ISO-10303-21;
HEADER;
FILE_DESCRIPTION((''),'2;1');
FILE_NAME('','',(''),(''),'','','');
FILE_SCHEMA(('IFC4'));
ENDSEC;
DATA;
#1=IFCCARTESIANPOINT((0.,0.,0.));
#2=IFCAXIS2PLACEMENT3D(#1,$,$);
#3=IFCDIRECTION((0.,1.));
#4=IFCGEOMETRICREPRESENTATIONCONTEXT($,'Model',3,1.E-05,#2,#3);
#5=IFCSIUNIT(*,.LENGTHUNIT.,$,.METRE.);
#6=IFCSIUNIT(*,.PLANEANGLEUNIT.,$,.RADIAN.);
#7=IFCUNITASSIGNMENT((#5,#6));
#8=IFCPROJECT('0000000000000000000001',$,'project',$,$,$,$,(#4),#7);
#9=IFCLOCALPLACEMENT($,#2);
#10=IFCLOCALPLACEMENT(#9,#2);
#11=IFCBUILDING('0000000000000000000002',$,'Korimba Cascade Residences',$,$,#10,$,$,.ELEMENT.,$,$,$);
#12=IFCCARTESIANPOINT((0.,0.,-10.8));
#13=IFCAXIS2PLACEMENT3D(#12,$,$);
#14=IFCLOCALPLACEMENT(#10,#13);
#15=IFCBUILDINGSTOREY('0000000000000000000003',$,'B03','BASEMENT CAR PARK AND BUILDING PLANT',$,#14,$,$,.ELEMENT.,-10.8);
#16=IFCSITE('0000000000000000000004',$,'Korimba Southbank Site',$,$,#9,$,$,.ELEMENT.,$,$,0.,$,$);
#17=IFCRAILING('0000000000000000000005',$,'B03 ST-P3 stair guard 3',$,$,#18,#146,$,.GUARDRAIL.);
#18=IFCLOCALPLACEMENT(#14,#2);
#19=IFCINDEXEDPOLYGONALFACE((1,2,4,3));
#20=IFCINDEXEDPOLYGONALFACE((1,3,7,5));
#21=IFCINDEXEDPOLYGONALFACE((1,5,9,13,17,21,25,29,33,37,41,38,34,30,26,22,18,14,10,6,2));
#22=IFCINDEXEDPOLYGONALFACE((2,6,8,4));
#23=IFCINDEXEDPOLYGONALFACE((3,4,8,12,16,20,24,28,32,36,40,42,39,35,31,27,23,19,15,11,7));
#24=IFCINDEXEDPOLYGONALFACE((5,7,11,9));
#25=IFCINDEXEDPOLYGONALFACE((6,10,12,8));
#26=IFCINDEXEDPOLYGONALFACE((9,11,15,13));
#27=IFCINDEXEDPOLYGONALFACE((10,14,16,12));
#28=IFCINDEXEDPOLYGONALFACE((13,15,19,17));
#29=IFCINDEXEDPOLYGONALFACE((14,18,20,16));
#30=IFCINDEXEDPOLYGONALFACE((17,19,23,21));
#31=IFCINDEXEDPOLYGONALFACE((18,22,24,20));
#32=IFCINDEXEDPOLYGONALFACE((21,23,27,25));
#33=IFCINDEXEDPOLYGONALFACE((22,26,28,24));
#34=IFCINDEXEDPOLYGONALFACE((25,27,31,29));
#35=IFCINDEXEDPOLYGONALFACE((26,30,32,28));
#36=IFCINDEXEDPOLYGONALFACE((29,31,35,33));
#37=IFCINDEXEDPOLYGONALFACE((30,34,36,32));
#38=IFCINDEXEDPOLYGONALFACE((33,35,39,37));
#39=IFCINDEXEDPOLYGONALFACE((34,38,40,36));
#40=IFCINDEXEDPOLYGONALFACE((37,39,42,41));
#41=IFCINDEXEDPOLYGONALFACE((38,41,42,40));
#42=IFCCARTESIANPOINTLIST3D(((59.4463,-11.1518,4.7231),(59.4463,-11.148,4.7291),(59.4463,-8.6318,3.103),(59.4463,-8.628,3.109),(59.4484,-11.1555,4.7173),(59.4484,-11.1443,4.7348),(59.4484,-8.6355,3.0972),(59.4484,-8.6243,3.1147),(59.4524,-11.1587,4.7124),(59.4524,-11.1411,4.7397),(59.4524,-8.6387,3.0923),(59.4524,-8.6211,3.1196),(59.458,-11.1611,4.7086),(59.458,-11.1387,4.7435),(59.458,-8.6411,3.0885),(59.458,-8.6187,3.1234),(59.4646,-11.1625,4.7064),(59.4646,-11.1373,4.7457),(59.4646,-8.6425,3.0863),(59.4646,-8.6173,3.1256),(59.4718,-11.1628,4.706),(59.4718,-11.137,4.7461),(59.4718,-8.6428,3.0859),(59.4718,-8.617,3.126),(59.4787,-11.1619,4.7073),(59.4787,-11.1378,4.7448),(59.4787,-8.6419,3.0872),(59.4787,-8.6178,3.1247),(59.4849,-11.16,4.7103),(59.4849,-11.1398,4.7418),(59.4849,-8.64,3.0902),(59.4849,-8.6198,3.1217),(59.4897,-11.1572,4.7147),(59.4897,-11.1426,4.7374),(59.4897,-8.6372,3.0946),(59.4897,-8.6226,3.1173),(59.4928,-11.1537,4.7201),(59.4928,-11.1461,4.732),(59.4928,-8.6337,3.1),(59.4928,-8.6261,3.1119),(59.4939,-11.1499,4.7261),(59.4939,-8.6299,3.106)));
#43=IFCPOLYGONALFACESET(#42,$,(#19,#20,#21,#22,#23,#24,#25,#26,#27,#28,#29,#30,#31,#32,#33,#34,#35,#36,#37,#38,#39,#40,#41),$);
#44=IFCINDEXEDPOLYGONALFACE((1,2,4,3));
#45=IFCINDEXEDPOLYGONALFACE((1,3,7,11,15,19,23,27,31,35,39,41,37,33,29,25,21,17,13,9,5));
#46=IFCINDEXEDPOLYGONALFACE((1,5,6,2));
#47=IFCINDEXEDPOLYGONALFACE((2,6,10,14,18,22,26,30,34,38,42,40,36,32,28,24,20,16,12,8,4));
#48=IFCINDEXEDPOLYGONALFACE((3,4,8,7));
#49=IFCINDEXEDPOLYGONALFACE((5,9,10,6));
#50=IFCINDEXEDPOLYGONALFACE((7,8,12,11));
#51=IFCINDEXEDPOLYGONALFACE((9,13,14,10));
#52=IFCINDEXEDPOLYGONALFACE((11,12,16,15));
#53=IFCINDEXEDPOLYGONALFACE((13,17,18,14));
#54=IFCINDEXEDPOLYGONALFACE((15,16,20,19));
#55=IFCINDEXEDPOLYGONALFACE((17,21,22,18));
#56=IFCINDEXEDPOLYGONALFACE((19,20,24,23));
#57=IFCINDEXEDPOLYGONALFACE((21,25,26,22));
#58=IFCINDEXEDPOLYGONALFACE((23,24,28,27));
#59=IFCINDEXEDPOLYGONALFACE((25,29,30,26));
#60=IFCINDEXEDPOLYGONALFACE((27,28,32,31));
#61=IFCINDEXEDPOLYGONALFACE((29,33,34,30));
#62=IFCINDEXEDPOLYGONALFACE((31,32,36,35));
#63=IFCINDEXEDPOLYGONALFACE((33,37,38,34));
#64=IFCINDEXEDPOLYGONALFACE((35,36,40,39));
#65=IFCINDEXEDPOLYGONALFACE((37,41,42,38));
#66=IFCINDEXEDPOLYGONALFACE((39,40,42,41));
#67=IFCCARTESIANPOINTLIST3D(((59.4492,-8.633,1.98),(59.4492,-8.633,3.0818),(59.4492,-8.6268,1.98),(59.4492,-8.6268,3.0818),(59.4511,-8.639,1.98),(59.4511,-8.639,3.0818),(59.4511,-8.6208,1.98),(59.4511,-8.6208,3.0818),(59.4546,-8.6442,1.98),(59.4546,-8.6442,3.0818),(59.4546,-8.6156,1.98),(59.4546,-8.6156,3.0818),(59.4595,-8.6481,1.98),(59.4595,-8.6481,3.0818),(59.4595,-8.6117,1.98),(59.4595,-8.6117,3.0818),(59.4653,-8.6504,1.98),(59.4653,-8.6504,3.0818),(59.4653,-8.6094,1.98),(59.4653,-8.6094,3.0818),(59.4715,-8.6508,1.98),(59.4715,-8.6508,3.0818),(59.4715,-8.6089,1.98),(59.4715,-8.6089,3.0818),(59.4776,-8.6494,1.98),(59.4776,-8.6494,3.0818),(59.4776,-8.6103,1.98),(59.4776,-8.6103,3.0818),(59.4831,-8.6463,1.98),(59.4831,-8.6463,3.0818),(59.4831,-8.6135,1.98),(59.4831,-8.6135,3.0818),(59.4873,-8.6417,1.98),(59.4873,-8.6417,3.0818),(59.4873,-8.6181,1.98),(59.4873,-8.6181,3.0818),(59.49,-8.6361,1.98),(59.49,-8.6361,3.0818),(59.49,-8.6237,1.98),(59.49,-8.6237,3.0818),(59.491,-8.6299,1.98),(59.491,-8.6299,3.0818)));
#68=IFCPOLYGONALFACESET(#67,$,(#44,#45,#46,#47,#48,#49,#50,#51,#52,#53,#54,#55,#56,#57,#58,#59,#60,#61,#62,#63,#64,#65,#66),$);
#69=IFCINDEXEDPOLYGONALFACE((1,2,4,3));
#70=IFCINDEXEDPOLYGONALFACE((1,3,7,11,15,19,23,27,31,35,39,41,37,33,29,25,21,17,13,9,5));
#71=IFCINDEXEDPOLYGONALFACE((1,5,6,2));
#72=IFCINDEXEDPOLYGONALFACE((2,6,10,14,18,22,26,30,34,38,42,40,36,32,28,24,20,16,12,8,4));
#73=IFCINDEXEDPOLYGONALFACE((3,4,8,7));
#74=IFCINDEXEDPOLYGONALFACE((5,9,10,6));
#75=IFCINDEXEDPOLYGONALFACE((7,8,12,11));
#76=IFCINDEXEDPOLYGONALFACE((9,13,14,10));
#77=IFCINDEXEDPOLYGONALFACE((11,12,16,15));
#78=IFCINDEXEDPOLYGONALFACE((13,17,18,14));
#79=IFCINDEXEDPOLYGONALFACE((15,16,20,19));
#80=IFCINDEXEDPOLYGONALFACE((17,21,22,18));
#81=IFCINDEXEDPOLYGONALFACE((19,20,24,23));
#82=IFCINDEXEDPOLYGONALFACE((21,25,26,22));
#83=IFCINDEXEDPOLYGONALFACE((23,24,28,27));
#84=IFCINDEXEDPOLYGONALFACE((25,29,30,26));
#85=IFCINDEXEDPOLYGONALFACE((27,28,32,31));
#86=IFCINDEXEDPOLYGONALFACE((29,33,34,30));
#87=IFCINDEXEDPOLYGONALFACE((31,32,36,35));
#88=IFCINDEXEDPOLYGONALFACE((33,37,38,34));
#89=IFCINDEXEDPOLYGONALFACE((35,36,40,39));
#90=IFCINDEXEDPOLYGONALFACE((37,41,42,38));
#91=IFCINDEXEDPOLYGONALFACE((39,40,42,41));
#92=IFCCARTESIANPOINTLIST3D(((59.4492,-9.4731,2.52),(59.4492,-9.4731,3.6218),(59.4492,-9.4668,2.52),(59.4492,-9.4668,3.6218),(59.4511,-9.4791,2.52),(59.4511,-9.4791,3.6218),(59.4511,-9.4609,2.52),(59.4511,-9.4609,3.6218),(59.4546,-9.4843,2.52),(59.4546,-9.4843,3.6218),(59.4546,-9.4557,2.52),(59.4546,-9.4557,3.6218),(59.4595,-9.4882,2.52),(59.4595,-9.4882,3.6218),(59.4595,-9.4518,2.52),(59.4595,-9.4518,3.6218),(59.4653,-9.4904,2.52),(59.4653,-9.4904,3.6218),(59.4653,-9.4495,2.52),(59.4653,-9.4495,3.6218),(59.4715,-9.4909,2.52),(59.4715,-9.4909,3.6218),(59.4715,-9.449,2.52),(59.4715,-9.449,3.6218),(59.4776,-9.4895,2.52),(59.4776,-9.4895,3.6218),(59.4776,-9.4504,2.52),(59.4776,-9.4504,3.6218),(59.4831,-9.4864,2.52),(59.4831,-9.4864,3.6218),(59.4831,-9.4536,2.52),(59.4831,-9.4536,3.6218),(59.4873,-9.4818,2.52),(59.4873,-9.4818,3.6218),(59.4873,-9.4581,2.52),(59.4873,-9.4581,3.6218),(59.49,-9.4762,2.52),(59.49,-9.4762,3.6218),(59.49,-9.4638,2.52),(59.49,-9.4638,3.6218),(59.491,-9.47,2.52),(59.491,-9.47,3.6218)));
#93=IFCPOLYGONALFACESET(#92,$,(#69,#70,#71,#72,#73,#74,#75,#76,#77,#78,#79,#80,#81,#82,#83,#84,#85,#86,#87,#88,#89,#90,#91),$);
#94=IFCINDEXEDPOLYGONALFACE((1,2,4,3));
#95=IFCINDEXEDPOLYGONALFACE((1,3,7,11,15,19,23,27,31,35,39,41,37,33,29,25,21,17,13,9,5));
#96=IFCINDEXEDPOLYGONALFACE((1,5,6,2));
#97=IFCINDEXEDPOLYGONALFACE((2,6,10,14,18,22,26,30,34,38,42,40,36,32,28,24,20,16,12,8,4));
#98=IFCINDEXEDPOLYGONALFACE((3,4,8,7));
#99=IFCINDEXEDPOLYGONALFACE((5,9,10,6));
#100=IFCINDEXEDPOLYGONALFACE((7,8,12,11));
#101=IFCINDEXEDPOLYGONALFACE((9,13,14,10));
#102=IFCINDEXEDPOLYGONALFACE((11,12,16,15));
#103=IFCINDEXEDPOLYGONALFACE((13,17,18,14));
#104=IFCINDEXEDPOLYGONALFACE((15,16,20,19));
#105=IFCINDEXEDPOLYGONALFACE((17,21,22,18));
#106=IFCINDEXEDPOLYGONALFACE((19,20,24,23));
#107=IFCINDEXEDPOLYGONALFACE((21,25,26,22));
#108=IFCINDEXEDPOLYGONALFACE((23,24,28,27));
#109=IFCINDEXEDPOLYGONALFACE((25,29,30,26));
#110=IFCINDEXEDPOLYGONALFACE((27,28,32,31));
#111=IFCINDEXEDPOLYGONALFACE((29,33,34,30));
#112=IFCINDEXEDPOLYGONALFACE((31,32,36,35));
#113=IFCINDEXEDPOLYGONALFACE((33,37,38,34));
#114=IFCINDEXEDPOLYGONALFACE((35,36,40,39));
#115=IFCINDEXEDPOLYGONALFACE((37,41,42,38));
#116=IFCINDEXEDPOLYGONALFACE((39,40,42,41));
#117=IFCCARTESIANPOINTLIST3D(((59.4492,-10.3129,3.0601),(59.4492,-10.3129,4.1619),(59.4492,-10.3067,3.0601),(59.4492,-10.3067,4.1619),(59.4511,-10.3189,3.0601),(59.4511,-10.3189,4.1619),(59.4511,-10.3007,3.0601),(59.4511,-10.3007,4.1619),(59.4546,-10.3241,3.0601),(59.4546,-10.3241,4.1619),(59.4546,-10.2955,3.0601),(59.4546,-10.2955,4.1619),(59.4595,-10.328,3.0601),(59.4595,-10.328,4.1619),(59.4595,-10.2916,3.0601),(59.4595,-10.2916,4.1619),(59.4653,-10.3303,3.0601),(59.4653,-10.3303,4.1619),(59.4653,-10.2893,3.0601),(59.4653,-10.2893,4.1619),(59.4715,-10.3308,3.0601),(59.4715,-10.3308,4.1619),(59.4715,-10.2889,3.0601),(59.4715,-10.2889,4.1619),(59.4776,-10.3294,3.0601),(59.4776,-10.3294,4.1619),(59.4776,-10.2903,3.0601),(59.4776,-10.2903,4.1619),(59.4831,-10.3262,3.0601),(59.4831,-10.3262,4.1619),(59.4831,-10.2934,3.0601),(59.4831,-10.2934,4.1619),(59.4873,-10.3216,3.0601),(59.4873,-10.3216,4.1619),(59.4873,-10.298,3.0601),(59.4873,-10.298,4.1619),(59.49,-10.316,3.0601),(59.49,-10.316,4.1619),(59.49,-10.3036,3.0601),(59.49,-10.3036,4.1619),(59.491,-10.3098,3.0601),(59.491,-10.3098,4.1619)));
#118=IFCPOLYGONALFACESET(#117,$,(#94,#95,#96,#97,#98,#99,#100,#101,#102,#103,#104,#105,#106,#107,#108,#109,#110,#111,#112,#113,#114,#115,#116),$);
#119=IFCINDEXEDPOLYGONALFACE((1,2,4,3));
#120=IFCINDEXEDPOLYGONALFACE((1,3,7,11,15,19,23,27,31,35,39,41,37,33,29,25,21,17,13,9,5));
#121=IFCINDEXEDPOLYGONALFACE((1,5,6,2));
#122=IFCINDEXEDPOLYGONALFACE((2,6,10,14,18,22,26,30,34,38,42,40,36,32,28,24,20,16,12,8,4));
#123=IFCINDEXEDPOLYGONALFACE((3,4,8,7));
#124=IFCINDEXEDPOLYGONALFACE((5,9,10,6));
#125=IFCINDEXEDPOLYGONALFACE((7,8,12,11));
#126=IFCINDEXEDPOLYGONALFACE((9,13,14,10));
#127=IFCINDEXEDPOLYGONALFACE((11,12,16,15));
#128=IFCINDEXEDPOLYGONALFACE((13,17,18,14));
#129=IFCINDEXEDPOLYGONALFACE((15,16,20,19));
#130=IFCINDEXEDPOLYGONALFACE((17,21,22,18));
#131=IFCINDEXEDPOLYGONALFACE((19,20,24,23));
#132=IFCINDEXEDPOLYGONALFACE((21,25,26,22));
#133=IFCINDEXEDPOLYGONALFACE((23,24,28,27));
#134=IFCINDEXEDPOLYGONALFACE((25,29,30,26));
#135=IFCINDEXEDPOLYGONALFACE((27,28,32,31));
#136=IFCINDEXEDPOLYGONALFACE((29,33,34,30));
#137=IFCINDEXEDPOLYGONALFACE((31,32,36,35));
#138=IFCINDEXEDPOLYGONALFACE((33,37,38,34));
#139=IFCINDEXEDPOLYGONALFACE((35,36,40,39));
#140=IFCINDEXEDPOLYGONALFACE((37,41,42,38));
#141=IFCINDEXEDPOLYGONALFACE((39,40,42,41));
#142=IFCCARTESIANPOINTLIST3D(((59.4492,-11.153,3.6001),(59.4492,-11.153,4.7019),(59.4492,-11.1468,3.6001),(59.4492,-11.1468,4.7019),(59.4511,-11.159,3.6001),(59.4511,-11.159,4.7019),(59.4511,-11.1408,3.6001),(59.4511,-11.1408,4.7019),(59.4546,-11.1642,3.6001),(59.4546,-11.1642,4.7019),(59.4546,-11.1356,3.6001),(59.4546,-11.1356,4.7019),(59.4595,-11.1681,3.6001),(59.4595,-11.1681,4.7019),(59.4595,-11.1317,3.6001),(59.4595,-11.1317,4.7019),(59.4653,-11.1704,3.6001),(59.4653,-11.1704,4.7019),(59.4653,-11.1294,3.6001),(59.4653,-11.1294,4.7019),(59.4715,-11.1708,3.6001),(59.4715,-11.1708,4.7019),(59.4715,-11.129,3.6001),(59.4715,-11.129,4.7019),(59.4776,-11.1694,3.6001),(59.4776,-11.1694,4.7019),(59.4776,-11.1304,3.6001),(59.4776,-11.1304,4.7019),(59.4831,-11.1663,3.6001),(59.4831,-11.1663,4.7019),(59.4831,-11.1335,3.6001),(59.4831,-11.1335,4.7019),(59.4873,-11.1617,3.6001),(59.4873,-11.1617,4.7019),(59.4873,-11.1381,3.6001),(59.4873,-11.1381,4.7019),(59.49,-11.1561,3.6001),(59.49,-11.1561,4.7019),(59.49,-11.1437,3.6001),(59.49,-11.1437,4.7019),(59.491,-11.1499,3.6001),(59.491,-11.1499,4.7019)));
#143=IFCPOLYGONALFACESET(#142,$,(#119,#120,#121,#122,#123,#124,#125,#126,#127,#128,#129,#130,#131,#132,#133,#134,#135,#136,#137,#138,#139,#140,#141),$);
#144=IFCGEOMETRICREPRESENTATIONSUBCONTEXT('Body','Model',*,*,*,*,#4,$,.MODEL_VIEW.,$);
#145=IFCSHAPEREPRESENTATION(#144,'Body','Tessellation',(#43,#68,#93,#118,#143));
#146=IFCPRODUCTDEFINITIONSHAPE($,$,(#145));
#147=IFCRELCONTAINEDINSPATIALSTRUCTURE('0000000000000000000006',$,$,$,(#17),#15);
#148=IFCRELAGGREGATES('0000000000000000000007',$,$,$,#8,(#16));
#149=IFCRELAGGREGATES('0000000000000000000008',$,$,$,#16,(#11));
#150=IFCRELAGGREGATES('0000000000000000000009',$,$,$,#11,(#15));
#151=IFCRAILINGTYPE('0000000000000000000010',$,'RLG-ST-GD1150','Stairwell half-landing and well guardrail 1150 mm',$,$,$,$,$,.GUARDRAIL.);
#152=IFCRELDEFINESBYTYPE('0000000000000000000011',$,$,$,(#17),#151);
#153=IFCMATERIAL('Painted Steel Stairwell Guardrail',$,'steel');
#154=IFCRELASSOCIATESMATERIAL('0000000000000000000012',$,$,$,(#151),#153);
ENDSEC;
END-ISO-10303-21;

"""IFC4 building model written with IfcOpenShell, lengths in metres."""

from ifc_helpers import new_model, si_unit, direction, frame, origin, origin_2d, place, context, subcontext, project, spatial, circle, extrude, material, type_object, element, save


model = new_model("IFC4")

# Units and contexts
model_context = context("Model", 3, precision=1e-05, world=origin(), true_north=direction((0.0, 1.0)))
body_context = subcontext(model_context, "Body", "Model", "MODEL_VIEW")
ifc_project = project(units=[si_unit("LENGTHUNIT", "METRE"), si_unit("PLANEANGLEUNIT", "RADIAN")], contexts=[model_context])

# Site, building, storey
site_placement = place(None, origin())
site = spatial("IfcSite", under=ifc_project, at=site_placement, Name="Korimba Southbank Site", CompositionType="ELEMENT", RefElevation=0.0)
building_placement = place(site_placement, origin())
building = spatial("IfcBuilding", under=site, at=building_placement, Name="Korimba Cascade Residences", CompositionType="ELEMENT")
storey_placement = place(building_placement, frame((0.0, 0.0, -10.8)))
storey = spatial("IfcBuildingStorey", under=building, at=storey_placement, Name="B03", Description="BASEMENT CAR PARK AND BUILDING PLANT", CompositionType="ELEMENT", Elevation=-10.8)

# Railing
ifc_material_1 = material(Name="Painted Steel Stairwell Guardrail", Category="steel")
railing_type_1 = type_object("IfcRailingType", Name="RLG-ST-GD1150", Description="Stairwell half-landing and well guardrail 1150 mm", PredefinedType="GUARDRAIL", material=ifc_material_1)
railing_1_placement = place(storey_placement, frame((59.47, -8.6299, 1.98)))
element("IfcRailing", 1, at=railing_1_placement, inside=storey, type_object=railing_type_1, Name="B03 ST-P3 stair guard 3", PredefinedType="GUARDRAIL", context=body_context, shape_type="SweptSolid", body=[
    extrude(circle(Radius=0.0239, at=origin_2d()), frame((0.0, 0.0, 1.126), z_axis=(0.0, -0.841163, 0.540782), x_axis=(1.0, 0.0, 0.0)), (0.0, 0.0, 1.0), 2.9958),
    extrude(circle(Radius=0.021, at=origin_2d()), origin(), (0.0, 0.0, 1.0), 1.1018),
    extrude(circle(Radius=0.021, at=origin_2d()), frame((0.0, -0.8401, 0.54)), (0.0, 0.0, 1.0), 1.1018),
    extrude(circle(Radius=0.021, at=origin_2d()), frame((0.0, -1.6799, 1.0801)), (0.0, 0.0, 1.0), 1.1018),
    extrude(circle(Radius=0.021, at=origin_2d()), frame((0.0, -2.52, 1.6201)), (0.0, 0.0, 1.0), 1.1018),
])

save(model, "model.ifc")
